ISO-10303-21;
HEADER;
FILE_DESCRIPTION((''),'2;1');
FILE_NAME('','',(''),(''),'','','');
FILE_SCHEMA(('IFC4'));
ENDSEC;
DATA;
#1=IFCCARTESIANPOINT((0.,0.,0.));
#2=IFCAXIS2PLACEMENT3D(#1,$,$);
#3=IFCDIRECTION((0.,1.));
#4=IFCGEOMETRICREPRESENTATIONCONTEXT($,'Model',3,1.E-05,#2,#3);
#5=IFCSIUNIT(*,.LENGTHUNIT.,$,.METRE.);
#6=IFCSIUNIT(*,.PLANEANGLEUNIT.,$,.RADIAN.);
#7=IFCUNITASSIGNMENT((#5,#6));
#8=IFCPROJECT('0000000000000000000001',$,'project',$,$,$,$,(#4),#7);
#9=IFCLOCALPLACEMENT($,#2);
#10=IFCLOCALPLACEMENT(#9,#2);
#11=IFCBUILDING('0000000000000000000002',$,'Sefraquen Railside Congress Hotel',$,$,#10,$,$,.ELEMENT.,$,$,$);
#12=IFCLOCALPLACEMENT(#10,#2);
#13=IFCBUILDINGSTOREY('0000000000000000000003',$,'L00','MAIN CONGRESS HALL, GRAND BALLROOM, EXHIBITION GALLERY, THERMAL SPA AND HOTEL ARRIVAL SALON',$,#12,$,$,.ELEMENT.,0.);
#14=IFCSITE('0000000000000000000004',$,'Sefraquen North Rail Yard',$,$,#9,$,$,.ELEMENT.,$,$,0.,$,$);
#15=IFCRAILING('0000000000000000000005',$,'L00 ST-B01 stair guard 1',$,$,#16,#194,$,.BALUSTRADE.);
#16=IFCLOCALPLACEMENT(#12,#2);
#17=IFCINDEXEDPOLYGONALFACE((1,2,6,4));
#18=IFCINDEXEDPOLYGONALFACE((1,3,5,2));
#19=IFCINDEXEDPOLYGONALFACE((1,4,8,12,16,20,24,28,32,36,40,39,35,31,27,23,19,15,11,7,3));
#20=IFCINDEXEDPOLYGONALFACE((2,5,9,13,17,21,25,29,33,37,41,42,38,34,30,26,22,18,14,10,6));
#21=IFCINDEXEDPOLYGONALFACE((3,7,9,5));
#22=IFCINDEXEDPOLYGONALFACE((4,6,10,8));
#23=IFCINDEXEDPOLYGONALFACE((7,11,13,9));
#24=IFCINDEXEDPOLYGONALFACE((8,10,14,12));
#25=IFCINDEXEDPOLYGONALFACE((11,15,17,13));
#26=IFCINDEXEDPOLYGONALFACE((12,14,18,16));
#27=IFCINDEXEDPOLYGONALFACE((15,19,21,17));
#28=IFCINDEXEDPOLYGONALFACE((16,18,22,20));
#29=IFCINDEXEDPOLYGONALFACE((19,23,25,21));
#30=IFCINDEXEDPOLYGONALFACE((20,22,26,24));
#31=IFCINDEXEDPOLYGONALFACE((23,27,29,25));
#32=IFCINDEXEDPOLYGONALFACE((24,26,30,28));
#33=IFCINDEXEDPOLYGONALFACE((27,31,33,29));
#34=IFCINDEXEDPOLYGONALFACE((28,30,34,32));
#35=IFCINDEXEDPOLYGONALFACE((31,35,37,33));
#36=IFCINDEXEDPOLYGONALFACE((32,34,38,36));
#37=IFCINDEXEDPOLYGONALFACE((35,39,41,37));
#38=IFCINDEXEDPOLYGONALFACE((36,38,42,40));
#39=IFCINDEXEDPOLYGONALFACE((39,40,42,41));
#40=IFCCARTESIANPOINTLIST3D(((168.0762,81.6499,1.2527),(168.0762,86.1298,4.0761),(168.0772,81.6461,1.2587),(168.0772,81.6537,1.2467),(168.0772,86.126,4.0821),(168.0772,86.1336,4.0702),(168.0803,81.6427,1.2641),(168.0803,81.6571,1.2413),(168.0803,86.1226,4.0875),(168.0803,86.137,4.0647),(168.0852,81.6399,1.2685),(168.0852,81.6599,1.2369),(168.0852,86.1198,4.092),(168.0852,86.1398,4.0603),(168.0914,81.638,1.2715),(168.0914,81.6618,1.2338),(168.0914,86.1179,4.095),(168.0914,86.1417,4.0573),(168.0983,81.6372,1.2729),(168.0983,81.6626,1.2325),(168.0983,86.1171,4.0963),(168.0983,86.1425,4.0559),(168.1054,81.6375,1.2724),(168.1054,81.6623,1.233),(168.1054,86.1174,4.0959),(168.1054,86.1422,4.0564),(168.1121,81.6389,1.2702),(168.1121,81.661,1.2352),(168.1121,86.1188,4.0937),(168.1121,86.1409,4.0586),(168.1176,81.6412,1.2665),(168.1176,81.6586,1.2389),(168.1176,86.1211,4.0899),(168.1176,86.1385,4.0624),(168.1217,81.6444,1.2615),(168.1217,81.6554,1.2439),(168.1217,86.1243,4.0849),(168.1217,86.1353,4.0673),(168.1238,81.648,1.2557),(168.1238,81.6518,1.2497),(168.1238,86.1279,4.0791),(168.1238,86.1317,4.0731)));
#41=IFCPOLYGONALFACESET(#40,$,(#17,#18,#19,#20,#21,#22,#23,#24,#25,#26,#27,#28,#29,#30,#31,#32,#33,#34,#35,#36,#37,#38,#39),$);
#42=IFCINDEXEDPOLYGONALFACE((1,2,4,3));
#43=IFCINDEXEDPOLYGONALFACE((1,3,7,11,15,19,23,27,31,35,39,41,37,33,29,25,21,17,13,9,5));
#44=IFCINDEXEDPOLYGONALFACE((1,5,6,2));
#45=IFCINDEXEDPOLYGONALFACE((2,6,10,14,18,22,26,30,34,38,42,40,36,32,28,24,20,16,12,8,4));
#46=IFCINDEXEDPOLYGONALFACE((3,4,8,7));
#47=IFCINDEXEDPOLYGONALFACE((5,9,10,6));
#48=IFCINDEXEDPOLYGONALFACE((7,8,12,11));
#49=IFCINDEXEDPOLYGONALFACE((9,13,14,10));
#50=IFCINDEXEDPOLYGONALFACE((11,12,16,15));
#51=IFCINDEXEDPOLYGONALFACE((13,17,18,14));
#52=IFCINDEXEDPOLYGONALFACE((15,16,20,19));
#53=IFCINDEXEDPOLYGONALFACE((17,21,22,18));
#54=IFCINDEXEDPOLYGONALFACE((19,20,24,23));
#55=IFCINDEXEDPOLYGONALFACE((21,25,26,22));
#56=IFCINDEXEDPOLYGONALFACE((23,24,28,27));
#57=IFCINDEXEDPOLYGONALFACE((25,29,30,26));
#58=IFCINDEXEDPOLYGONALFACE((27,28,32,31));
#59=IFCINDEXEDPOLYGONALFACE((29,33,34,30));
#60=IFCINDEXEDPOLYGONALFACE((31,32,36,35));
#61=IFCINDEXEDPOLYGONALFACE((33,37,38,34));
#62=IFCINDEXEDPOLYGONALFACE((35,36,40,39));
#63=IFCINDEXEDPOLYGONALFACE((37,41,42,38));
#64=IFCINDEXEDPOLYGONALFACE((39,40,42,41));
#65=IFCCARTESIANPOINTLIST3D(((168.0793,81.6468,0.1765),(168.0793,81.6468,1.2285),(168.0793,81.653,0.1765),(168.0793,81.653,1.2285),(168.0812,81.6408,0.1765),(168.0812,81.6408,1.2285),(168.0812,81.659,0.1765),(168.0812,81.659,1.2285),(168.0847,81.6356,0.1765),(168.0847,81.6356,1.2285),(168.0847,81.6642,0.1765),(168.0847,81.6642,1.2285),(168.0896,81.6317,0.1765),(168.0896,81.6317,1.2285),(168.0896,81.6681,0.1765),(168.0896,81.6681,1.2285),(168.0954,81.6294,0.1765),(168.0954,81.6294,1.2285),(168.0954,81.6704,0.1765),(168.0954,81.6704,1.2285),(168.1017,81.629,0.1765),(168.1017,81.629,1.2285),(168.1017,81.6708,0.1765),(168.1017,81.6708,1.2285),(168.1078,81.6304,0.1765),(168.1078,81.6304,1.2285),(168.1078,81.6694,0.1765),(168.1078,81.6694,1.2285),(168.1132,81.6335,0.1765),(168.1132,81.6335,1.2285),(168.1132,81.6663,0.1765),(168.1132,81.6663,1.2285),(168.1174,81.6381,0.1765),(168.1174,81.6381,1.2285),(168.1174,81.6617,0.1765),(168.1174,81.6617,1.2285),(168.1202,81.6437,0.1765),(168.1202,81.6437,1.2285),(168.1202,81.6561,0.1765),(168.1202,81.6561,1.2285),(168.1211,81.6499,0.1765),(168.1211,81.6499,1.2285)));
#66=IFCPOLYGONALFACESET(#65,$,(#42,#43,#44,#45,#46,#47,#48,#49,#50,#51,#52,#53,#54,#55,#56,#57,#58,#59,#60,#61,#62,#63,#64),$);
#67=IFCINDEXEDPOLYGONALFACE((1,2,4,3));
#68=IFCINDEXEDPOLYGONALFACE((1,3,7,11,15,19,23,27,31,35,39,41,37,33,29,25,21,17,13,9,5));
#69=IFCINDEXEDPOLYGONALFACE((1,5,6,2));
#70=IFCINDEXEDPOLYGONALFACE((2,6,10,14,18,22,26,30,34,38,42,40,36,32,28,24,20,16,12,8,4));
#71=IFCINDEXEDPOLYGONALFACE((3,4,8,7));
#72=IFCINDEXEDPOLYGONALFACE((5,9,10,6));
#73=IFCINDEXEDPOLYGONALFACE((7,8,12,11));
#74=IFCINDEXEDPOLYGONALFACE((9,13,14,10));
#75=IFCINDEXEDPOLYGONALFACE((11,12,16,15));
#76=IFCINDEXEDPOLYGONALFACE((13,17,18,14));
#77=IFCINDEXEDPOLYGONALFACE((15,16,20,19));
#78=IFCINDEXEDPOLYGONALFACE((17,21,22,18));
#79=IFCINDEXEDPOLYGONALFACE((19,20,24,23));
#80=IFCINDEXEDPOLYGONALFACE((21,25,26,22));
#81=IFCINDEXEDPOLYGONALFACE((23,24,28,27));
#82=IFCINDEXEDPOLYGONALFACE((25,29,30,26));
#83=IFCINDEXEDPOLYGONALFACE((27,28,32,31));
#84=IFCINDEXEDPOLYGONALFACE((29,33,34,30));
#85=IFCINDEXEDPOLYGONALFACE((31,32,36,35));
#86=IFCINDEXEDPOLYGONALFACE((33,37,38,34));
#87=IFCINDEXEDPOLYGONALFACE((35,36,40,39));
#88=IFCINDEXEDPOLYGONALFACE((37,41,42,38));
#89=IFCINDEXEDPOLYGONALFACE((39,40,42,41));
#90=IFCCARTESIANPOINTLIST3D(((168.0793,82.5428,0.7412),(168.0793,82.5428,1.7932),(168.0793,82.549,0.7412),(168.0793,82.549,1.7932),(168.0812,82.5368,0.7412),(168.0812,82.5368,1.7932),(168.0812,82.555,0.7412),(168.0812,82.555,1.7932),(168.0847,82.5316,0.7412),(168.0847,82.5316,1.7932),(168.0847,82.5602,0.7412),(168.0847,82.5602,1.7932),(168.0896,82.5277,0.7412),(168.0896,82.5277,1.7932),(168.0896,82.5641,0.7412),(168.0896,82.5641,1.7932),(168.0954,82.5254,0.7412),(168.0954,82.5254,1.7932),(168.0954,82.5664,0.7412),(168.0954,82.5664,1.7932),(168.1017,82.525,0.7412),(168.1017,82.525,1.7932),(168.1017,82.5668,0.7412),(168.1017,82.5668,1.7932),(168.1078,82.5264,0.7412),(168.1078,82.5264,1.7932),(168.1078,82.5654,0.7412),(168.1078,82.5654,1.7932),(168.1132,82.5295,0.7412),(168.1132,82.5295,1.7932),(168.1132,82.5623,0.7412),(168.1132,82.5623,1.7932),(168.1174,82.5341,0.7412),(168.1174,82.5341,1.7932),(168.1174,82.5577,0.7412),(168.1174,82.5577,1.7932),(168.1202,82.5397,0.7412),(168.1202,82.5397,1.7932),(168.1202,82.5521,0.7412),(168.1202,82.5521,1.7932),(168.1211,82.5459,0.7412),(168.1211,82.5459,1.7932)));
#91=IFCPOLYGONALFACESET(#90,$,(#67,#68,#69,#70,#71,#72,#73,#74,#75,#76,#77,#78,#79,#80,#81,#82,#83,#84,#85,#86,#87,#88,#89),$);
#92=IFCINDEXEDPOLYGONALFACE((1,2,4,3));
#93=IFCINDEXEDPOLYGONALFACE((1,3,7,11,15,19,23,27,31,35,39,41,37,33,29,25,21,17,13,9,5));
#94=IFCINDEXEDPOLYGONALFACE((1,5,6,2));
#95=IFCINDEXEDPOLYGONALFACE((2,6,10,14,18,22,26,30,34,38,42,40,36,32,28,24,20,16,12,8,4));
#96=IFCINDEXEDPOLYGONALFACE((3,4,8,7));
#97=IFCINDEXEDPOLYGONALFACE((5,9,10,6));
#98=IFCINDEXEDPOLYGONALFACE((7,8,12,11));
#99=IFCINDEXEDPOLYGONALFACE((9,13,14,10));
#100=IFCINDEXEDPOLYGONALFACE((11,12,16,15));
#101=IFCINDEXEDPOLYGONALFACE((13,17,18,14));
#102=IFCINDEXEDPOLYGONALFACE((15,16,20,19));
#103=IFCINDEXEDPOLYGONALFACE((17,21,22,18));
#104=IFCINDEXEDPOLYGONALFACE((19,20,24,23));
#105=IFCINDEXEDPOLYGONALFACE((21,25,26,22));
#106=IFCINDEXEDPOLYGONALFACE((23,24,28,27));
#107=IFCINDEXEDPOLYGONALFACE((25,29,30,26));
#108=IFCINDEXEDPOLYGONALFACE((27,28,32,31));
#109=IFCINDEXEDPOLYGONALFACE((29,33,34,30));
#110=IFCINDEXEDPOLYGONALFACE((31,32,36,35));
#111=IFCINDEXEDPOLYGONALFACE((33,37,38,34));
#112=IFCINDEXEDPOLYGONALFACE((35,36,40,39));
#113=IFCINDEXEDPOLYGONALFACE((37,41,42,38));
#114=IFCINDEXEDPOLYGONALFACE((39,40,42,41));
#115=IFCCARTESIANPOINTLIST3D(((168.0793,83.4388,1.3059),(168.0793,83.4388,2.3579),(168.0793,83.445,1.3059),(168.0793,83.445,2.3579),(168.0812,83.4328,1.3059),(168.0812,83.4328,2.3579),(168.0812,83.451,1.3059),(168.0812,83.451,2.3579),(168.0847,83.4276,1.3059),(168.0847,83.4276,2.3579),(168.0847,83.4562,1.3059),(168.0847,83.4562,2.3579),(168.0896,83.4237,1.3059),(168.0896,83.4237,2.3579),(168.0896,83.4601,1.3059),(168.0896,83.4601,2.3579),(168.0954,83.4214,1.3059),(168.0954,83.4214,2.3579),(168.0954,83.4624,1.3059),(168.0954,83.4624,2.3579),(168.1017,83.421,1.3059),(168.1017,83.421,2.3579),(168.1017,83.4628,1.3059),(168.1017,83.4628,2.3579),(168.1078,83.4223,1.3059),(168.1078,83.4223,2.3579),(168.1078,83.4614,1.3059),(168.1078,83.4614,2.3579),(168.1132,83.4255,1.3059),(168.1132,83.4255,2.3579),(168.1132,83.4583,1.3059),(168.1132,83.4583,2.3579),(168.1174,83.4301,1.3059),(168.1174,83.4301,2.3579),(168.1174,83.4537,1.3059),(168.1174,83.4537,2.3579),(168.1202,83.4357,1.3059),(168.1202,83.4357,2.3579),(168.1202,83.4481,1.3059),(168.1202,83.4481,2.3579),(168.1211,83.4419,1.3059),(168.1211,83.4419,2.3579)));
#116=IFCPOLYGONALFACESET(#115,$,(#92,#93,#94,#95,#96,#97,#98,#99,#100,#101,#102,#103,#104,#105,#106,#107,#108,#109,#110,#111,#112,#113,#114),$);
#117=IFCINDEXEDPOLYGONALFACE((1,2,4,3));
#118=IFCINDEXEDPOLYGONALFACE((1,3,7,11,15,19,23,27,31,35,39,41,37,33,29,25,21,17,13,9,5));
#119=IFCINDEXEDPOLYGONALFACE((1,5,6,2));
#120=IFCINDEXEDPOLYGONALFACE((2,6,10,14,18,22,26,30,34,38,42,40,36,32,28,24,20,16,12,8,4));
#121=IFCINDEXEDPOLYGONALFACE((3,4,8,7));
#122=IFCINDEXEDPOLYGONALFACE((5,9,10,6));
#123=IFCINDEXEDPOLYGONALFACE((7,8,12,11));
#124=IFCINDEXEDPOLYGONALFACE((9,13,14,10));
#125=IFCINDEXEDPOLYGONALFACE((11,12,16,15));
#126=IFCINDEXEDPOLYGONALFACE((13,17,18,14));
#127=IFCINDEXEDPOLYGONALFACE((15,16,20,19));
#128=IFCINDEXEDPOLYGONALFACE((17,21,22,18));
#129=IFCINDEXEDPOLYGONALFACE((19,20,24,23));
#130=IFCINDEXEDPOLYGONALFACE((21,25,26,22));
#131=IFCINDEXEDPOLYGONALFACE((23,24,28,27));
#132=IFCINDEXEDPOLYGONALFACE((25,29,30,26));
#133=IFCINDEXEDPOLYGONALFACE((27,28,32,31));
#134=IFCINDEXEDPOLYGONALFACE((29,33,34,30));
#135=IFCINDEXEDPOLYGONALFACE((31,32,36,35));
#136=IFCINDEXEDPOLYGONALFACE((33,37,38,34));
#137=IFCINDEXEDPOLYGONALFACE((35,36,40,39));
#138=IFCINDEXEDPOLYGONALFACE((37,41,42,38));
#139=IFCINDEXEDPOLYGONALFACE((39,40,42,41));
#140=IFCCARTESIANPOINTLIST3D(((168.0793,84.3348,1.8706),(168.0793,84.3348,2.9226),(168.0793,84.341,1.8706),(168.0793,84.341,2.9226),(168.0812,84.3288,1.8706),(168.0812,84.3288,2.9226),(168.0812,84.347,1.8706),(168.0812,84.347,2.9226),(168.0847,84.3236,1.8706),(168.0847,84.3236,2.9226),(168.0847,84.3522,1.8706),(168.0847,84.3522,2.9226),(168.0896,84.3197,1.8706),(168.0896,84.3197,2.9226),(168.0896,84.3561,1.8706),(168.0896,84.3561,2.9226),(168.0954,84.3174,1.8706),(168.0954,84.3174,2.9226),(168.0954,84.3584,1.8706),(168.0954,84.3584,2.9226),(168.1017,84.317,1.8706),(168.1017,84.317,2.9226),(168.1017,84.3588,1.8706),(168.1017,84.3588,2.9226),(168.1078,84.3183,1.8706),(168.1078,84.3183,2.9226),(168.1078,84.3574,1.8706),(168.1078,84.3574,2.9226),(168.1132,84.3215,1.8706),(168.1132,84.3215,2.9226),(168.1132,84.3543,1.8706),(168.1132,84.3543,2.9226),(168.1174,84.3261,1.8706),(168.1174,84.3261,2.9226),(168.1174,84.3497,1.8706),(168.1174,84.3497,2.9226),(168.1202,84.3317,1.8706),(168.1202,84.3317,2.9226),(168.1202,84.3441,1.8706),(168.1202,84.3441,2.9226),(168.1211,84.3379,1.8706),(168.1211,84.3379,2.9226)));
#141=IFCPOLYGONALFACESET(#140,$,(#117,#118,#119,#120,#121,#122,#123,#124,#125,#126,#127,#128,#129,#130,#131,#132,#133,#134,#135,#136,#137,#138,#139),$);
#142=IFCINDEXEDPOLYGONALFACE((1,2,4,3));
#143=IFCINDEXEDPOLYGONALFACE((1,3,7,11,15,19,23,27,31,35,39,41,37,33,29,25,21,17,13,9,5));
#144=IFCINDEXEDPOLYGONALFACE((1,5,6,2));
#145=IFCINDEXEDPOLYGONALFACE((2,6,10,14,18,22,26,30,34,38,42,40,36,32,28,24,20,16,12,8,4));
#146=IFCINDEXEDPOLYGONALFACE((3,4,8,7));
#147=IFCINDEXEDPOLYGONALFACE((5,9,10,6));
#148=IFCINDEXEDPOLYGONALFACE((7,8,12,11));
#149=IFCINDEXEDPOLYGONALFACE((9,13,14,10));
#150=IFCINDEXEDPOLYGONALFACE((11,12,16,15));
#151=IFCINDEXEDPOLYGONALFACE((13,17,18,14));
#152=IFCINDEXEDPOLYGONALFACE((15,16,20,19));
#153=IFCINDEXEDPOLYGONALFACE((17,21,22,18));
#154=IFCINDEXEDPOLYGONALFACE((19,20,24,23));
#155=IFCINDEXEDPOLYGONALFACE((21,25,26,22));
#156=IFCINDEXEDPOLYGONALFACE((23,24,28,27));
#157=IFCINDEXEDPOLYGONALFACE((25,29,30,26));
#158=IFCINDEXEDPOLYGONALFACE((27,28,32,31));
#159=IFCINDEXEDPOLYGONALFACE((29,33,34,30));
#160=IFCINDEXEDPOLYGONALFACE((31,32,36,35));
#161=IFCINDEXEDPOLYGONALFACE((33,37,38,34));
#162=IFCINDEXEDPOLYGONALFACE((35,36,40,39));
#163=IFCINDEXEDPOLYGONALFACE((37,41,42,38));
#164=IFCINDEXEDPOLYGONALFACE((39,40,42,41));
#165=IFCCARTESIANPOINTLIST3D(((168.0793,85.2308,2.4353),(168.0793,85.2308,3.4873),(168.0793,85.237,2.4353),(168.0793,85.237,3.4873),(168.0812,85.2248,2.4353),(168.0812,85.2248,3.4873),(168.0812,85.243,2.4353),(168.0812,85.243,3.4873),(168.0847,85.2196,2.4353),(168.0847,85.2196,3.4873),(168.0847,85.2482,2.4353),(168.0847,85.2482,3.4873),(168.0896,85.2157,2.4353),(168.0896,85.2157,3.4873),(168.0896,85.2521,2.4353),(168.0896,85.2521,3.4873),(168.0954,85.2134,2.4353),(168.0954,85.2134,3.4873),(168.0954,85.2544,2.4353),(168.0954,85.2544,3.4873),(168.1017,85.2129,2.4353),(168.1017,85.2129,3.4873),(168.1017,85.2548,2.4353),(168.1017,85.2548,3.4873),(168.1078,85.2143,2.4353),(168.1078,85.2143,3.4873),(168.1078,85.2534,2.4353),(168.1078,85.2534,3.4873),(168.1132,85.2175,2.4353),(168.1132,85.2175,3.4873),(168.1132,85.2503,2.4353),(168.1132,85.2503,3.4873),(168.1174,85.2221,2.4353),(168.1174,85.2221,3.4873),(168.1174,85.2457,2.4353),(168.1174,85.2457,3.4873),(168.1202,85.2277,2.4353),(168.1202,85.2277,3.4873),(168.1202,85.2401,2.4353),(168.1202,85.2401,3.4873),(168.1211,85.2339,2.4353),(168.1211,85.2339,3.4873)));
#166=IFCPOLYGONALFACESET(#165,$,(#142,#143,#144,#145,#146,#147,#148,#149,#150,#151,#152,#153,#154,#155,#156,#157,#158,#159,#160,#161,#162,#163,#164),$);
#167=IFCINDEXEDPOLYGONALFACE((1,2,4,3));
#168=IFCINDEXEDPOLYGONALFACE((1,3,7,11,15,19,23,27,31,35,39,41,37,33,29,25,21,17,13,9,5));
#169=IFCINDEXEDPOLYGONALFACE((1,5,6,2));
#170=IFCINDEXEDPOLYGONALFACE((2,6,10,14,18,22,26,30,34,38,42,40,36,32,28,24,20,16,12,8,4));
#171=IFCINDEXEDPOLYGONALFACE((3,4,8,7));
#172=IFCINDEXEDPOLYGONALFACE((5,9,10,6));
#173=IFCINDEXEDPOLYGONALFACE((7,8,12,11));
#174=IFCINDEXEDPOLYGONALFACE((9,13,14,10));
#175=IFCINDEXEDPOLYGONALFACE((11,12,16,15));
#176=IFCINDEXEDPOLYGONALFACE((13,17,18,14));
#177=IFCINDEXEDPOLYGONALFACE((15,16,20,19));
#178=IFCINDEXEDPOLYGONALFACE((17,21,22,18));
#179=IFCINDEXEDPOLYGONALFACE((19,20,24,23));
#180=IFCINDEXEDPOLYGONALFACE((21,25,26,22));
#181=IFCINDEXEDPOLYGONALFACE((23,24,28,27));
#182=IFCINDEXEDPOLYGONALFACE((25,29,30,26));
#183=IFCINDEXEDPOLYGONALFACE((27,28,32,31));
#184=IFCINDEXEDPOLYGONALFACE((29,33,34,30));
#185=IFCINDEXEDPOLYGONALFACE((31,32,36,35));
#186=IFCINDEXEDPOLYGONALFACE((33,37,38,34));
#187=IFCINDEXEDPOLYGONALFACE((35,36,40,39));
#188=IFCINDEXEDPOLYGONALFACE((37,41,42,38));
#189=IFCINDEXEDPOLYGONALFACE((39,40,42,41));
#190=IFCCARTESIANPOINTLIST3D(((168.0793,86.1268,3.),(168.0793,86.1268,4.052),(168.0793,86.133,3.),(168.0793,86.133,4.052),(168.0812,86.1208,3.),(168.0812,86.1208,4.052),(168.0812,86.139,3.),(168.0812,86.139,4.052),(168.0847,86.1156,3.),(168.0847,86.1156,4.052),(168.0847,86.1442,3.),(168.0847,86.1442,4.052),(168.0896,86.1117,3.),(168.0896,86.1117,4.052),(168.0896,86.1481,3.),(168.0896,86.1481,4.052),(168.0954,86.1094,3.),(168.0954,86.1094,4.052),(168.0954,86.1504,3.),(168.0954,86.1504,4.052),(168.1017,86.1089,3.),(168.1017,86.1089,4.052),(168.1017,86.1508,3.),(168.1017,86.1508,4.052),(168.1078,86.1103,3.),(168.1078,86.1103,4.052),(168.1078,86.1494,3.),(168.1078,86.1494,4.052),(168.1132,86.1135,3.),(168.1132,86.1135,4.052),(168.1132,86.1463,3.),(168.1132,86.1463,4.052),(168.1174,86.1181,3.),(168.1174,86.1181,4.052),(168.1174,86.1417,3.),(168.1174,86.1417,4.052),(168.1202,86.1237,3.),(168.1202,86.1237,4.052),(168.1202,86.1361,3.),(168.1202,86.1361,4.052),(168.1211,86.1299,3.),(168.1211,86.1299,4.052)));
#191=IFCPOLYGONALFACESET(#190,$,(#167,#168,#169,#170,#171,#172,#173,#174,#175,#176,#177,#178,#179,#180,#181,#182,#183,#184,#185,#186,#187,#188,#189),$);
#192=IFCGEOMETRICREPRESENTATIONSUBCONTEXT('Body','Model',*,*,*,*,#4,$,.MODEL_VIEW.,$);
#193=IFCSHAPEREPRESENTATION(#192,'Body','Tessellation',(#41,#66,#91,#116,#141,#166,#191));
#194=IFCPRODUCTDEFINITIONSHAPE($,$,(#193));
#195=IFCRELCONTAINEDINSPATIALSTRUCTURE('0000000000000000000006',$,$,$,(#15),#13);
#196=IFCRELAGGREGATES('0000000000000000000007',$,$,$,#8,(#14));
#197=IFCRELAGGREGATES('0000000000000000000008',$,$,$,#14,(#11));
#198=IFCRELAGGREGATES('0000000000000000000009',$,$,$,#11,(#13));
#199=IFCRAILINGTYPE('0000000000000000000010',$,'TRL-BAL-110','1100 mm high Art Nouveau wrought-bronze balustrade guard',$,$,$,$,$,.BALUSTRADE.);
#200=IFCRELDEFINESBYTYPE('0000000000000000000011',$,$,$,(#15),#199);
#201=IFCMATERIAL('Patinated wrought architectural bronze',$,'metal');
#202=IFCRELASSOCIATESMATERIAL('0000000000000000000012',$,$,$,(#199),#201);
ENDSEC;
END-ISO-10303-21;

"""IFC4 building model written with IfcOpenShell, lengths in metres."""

from ifc_helpers import new_model, si_unit, direction, frame, origin, origin_2d, place, context, subcontext, project, spatial, circle, extrude, material, type_object, element, save


model = new_model("IFC4")

# Units and contexts
model_context = context("Model", 3, precision=1e-05, world=origin(), true_north=direction((0.0, 1.0)))
body_context = subcontext(model_context, "Body", "Model", "MODEL_VIEW")
ifc_project = project(units=[si_unit("LENGTHUNIT", "METRE"), si_unit("PLANEANGLEUNIT", "RADIAN")], contexts=[model_context])

# Site, building, storey
site_placement = place(None, origin())
site = spatial("IfcSite", under=ifc_project, at=site_placement, Name="Sefraquen North Rail Yard", CompositionType="ELEMENT", RefElevation=0.0)
building_placement = place(site_placement, origin())
building = spatial("IfcBuilding", under=site, at=building_placement, Name="Sefraquen Railside Congress Hotel", CompositionType="ELEMENT")
storey_placement = place(building_placement, origin())
storey = spatial("IfcBuildingStorey", under=building, at=storey_placement, Name="L00", Description="MAIN CONGRESS HALL, GRAND BALLROOM, EXHIBITION GALLERY, THERMAL SPA AND HOTEL ARRIVAL SALON", CompositionType="ELEMENT", Elevation=0.0)

# Railing
ifc_material_1 = material(Name="Patinated wrought architectural bronze", Category="metal")
railing_type_1 = type_object("IfcRailingType", Name="TRL-BAL-110", Description="1100 mm high Art Nouveau wrought-bronze balustrade guard", PredefinedType="BALUSTRADE", material=ifc_material_1)
railing_1_placement = place(storey_placement, frame((168.1001, 81.6499, 0.1765)))
element("IfcRailing", 1, at=railing_1_placement, inside=storey, type_object=railing_type_1, Name="L00 ST-B01 stair guard 1", PredefinedType="BALUSTRADE", context=body_context, shape_type="SweptSolid", body=[
    extrude(circle(Radius=0.0239, at=origin_2d()), frame((0.0, 0.0, 1.0762), z_axis=(0.0, 0.845998, 0.533186), x_axis=(-1.0, 0.0, 0.0)), (0.0, 0.0, 1.0), 5.2954),
    extrude(circle(Radius=0.021, at=origin_2d()), origin(), (0.0, 0.0, 1.0), 1.052),
    extrude(circle(Radius=0.021, at=origin_2d()), frame((0.0, 0.896, 0.5647)), (0.0, 0.0, 1.0), 1.052),
    extrude(circle(Radius=0.021, at=origin_2d()), frame((0.0, 1.792, 1.1294)), (0.0, 0.0, 1.0), 1.052),
    extrude(circle(Radius=0.021, at=origin_2d()), frame((0.0, 2.688, 1.6941)), (0.0, 0.0, 1.0), 1.052),
    extrude(circle(Radius=0.021, at=origin_2d()), frame((0.0, 3.584, 2.2588)), (0.0, 0.0, 1.0), 1.052),
    extrude(circle(Radius=0.021, at=origin_2d()), frame((0.0, 4.48, 2.8235)), (0.0, 0.0, 1.0), 1.052),
])

save(model, "model.ifc")
